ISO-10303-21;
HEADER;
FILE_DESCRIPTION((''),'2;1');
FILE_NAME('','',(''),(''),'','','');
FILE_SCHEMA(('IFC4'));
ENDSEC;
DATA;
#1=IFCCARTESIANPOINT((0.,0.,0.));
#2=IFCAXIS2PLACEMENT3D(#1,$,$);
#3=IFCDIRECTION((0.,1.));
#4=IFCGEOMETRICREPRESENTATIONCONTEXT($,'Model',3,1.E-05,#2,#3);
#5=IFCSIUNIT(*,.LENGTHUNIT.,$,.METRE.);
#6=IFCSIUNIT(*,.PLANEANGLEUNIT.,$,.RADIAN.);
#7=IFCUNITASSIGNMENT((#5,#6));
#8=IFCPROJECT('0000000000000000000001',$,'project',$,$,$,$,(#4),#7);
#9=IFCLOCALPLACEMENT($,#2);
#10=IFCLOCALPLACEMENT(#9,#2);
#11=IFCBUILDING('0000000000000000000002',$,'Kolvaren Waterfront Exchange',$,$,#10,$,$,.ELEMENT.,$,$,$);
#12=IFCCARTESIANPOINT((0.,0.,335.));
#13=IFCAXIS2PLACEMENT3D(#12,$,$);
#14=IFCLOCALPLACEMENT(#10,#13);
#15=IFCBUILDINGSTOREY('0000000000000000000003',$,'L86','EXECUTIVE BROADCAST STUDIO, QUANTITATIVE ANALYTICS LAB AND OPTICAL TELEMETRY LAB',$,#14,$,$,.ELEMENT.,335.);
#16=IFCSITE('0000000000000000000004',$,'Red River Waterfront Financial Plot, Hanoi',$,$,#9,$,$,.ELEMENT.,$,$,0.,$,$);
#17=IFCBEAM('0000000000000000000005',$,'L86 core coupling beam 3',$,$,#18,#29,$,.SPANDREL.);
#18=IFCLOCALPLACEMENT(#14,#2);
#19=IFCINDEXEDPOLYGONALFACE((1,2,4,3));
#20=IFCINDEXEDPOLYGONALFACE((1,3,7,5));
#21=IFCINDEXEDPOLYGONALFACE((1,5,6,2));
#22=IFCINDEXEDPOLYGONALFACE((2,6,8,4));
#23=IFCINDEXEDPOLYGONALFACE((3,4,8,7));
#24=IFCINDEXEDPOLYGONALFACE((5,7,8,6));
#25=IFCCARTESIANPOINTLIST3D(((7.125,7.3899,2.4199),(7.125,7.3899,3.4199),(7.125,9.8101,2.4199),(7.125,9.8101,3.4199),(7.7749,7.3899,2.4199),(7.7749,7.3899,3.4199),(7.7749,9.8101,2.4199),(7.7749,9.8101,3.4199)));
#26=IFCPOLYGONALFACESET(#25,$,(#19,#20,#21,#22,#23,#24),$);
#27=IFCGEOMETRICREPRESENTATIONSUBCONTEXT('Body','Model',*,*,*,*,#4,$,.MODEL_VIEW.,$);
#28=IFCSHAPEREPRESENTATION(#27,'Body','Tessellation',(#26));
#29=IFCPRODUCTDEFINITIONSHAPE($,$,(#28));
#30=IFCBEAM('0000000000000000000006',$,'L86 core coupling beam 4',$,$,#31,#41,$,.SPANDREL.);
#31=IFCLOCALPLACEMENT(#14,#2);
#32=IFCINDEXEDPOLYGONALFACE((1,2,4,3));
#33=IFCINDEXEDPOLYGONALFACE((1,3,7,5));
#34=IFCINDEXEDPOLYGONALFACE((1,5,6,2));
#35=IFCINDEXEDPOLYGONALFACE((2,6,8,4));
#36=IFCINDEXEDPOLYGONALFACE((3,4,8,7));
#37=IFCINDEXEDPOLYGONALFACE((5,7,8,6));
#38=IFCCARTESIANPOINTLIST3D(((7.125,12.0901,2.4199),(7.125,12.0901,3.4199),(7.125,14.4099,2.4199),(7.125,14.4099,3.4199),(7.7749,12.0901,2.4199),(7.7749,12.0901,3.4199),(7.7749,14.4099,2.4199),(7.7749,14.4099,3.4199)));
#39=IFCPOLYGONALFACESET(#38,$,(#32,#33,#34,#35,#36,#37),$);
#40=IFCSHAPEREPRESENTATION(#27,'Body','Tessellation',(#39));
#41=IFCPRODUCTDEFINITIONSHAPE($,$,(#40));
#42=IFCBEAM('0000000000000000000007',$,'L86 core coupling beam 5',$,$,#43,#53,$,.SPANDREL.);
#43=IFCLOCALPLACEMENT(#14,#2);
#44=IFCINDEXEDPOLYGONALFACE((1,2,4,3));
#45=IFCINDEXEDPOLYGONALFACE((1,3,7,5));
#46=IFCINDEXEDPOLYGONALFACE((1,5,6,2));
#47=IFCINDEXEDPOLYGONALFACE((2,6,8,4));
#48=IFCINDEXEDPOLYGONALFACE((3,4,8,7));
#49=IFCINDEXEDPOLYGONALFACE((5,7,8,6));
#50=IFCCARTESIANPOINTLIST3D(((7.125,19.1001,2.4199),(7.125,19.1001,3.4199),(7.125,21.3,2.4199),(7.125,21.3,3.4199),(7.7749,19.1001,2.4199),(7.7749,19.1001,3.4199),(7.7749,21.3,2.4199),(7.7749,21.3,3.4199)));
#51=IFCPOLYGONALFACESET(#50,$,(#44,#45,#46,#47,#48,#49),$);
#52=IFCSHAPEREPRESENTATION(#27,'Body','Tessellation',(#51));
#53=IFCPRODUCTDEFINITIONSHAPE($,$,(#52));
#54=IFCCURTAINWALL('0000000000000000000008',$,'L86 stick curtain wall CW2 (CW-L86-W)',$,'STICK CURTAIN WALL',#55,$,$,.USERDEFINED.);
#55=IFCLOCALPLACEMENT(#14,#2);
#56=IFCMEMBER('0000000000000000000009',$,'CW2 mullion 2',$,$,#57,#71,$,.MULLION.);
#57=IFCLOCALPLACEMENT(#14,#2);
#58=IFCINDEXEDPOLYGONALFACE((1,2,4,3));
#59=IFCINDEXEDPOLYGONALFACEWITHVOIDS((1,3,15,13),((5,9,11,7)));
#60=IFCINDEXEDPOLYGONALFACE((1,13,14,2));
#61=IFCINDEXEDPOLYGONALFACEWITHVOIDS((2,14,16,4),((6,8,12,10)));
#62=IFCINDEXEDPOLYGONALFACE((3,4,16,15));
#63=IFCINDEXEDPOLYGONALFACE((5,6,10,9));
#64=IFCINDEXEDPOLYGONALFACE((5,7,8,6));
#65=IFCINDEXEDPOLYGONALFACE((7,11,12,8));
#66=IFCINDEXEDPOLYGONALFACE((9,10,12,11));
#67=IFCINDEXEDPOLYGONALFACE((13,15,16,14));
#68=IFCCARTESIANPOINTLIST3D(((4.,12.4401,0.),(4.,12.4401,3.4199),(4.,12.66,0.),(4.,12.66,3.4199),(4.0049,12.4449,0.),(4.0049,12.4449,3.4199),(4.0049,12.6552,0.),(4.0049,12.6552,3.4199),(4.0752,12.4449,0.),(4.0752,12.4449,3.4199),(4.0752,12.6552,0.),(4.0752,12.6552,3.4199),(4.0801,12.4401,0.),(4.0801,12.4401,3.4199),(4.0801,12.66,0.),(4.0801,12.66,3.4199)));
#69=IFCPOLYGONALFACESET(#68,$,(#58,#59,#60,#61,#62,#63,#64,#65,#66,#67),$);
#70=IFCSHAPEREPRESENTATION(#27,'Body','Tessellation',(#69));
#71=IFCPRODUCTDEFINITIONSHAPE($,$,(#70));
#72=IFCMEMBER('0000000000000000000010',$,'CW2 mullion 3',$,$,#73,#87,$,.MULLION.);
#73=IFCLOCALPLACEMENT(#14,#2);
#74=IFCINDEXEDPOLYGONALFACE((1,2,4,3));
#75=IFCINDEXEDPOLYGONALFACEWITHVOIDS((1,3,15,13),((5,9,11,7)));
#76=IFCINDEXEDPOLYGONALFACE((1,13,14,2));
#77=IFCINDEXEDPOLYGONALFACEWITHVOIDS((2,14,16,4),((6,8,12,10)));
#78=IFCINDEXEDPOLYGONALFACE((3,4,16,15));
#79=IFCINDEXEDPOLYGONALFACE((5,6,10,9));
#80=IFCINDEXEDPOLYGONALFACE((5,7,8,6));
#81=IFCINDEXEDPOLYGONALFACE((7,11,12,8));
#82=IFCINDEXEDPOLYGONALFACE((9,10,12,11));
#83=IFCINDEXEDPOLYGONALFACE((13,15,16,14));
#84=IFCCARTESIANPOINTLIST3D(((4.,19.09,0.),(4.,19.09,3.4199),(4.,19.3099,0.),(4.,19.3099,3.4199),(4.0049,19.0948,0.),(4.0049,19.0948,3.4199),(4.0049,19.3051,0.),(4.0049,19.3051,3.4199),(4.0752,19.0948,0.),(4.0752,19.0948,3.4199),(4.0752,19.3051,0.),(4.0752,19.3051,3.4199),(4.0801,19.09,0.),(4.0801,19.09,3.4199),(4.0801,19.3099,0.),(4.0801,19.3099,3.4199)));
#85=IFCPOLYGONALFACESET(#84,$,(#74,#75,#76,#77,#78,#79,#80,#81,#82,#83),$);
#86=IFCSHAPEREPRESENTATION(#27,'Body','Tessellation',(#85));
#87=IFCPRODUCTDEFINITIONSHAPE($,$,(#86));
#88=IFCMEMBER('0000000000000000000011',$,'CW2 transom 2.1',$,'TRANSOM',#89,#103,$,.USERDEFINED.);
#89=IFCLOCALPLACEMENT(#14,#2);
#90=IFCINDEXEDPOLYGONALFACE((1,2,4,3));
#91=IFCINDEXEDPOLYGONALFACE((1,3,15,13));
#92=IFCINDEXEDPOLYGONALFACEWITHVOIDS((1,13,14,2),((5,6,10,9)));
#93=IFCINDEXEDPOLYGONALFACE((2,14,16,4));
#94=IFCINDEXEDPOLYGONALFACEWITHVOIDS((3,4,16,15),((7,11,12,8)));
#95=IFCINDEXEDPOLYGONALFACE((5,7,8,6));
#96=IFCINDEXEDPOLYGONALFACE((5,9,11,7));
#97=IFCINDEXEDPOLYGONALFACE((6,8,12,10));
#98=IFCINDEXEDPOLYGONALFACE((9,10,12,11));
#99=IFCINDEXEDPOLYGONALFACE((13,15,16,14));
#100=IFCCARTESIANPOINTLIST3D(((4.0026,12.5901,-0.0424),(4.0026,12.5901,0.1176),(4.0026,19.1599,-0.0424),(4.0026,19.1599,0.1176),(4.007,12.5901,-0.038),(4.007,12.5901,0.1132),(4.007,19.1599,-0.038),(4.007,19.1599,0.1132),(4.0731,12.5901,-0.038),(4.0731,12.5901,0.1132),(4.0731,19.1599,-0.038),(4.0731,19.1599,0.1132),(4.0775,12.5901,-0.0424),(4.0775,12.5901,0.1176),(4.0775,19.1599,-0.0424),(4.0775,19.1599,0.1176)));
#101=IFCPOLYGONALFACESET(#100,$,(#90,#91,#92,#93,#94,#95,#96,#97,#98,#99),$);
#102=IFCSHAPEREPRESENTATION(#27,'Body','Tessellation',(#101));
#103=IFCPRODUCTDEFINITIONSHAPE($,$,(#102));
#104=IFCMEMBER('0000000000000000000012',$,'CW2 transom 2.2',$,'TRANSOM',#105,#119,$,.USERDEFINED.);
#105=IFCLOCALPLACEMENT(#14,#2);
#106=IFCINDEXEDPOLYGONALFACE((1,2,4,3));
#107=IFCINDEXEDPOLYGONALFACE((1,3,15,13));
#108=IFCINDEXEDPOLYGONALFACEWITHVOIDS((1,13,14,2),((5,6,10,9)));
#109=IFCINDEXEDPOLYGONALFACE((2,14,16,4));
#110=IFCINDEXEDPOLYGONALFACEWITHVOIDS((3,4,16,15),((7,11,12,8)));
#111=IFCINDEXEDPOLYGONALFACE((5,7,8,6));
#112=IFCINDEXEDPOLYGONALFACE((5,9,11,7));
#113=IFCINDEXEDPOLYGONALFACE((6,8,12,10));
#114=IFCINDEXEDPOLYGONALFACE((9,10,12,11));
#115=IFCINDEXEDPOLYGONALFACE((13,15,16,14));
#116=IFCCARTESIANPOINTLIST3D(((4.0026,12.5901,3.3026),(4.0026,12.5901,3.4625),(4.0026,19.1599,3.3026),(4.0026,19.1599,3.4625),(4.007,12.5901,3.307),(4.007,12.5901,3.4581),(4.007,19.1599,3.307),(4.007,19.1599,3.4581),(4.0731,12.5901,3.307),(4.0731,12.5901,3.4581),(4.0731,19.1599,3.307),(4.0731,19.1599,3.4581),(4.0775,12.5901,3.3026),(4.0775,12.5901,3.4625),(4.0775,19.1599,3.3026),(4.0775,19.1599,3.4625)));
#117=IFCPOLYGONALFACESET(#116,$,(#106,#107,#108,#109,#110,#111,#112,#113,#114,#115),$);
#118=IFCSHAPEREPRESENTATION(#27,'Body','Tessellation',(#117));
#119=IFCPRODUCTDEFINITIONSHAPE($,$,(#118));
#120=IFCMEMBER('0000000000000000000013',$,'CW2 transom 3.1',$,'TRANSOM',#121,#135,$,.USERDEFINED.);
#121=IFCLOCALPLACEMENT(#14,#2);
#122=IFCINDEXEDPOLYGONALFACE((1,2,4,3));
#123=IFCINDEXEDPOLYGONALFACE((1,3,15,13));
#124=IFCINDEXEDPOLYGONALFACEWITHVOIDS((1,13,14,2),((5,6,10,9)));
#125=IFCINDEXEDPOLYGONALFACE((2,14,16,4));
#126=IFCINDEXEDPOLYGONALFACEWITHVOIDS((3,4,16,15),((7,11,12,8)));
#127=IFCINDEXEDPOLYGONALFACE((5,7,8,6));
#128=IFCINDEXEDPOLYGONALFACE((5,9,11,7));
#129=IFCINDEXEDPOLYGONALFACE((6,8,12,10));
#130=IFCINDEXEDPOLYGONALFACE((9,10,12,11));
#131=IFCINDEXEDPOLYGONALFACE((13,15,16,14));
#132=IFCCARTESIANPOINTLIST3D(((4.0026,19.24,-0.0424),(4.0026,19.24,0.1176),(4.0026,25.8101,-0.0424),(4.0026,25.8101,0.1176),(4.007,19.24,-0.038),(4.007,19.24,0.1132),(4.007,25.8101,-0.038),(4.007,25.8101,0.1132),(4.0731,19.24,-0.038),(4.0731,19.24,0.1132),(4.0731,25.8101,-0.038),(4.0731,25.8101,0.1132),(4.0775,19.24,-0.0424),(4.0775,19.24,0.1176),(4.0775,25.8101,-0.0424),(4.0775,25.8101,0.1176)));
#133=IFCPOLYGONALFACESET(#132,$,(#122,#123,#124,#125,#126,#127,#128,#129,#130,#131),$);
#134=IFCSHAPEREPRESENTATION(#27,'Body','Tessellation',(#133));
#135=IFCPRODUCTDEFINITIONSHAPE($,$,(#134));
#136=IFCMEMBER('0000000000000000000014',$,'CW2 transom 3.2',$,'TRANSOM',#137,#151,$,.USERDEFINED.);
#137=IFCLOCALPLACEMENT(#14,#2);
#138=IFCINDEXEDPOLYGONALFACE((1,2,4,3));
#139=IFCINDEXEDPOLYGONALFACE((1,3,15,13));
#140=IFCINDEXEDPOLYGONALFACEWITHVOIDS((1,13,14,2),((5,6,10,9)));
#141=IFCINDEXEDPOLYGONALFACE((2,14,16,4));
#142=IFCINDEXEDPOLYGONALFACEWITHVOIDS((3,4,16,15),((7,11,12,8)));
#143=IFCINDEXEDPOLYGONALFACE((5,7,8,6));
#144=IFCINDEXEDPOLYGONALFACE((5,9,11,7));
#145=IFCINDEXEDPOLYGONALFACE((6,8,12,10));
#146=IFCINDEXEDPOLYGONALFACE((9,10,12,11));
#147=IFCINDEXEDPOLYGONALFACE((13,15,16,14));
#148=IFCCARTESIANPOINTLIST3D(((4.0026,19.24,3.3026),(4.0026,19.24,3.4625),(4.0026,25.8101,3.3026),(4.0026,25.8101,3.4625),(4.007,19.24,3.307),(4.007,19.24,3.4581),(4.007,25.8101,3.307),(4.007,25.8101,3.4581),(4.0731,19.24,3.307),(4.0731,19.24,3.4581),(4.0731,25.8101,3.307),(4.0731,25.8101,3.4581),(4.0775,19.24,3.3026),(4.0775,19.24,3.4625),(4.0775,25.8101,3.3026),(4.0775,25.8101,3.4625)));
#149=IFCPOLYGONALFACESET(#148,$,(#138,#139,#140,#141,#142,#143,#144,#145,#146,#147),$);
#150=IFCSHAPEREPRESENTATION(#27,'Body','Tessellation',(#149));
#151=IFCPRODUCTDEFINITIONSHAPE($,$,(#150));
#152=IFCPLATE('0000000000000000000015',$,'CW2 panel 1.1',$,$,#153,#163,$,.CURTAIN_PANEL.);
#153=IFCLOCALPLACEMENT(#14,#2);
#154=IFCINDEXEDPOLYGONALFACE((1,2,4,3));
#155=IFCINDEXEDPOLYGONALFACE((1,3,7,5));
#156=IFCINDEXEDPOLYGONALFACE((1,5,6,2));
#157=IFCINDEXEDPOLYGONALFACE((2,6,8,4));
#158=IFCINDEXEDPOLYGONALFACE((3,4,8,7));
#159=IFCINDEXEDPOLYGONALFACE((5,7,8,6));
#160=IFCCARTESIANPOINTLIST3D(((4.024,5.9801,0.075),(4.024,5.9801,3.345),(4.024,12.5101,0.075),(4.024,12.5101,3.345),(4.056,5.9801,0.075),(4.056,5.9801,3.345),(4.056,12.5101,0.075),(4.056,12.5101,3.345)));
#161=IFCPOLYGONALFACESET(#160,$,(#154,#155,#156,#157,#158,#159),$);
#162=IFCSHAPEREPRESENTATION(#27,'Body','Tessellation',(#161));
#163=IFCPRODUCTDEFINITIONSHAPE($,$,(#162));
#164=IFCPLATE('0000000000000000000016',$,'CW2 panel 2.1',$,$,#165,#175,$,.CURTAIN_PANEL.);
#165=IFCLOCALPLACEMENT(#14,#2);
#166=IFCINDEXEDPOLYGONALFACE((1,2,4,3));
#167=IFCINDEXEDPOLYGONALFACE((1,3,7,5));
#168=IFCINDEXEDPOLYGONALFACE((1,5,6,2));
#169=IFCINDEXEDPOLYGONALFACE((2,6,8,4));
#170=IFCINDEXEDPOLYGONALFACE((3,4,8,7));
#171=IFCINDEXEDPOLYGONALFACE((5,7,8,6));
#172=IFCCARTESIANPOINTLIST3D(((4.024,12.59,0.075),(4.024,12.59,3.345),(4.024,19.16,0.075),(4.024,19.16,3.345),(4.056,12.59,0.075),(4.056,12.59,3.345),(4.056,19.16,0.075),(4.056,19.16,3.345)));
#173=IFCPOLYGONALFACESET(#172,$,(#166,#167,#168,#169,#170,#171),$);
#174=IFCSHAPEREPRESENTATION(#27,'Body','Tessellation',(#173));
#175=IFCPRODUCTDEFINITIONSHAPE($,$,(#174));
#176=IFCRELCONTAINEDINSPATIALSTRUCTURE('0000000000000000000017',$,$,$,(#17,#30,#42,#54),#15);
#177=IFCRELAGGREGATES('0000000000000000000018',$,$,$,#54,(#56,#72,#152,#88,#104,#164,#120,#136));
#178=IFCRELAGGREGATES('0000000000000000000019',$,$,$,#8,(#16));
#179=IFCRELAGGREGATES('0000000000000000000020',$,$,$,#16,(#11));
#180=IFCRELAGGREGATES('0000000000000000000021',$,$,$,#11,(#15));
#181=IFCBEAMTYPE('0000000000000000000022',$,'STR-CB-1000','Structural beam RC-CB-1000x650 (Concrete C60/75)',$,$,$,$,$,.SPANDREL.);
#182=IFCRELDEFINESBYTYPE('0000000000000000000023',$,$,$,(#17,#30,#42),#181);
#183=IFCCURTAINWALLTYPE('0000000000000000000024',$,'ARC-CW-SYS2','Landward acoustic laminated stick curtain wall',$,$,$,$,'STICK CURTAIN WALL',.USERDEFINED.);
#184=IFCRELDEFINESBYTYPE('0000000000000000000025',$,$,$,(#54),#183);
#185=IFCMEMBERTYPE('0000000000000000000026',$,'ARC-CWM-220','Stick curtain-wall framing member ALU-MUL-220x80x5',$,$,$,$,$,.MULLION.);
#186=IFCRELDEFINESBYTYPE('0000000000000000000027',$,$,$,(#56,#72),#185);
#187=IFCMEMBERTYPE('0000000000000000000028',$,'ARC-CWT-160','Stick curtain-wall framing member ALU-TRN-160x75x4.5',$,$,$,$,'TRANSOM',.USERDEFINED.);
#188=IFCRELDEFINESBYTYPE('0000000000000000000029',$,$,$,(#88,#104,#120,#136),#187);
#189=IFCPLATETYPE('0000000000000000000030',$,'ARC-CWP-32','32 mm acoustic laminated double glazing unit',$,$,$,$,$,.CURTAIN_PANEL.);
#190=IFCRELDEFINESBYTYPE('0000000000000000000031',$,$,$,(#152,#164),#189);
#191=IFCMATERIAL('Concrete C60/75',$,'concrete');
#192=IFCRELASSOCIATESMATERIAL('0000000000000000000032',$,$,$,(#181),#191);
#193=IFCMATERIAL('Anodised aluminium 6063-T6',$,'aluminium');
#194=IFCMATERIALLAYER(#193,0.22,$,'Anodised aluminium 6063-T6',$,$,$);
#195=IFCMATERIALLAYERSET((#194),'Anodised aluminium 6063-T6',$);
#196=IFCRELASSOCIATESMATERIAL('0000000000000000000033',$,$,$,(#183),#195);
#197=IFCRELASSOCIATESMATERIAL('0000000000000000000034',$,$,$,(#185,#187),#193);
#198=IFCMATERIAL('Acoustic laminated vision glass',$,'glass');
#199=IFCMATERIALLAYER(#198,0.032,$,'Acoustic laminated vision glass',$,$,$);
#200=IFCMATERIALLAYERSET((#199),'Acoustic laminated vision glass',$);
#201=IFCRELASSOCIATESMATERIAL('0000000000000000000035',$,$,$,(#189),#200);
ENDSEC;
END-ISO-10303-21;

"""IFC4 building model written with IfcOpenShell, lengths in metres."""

from ifc_helpers import new_model, si_unit, direction, frame, origin, origin_with_axes, origin_2d, place, context, subcontext, project, spatial, rectangle, hollow_rectangle, extrude, source, transform, mapped, material, layer, layer_set, material_profile, profile_set, type_object, element, aggregate, save


model = new_model("IFC4")

# Units and contexts
model_context = context("Model", 3, precision=1e-05, world=origin(), true_north=direction((0.0, 1.0)))
body_context = subcontext(model_context, "Body", "Model", "MODEL_VIEW")
ifc_project = project(units=[si_unit("LENGTHUNIT", "METRE"), si_unit("PLANEANGLEUNIT", "RADIAN")], contexts=[model_context])

# Site, building, storey
site_placement = place(None, origin())
site = spatial("IfcSite", under=ifc_project, at=site_placement, Name="Red River Waterfront Financial Plot, Hanoi", CompositionType="ELEMENT", RefElevation=0.0)
building_placement = place(site_placement, origin())
building = spatial("IfcBuilding", under=site, at=building_placement, Name="Kolvaren Waterfront Exchange", CompositionType="ELEMENT")
storey_placement = place(building_placement, frame((0.0, 0.0, 335.0)))
storey = spatial("IfcBuildingStorey", under=building, at=storey_placement, Name="L86", Description="EXECUTIVE BROADCAST STUDIO, QUANTITATIVE ANALYTICS LAB AND OPTICAL TELEMETRY LAB", CompositionType="ELEMENT", Elevation=335.0)

# Beams
ifc_material_1 = material(Name="Concrete C60/75", Category="concrete")
ifc_material_profile_1 = material_profile(ifc_material_1, rectangle(XDim=0.6499, YDim=1.0, at=origin_2d()), Name="RC-CB-1000x650")
ifc_profile_set_1 = profile_set([ifc_material_profile_1], Name="Concrete C60/75")
beam_type = type_object("IfcBeamType", Name="STR-CB-1000", Description="Structural beam RC-CB-1000x650 (Concrete C60/75)", PredefinedType="SPANDREL", material=ifc_profile_set_1)
beam_1_placement = place(storey_placement, frame((7.45, 7.3899, 2.9199), z_axis=(0.0, 1.0, 0.0), x_axis=(-1.0, 0.0, 0.0)))
element("IfcBeam", 1, at=beam_1_placement, inside=storey, type_object=beam_type, Name="L86 core coupling beam 3", PredefinedType="SPANDREL", context=body_context, shape_type="SweptSolid", body=[
    extrude(rectangle(XDim=0.6499, YDim=1.0, at=origin_2d()), origin(), (0.0, 0.0, 1.0), 2.4202),
])
beam_2_placement = place(storey_placement, frame((7.45, 12.0901, 2.9199), z_axis=(0.0, 1.0, 0.0), x_axis=(-1.0, 0.0, 0.0)))
element("IfcBeam", 2, at=beam_2_placement, inside=storey, type_object=beam_type, Name="L86 core coupling beam 4", PredefinedType="SPANDREL", context=body_context, shape_type="SweptSolid", body=[
    extrude(rectangle(XDim=0.6499, YDim=1.0, at=origin_2d()), origin(), (0.0, 0.0, 1.0), 2.3198),
])
beam_3_placement = place(storey_placement, frame((7.45, 19.1001, 2.9199), z_axis=(0.0, 1.0, 0.0), x_axis=(-1.0, 0.0, 0.0)))
element("IfcBeam", 3, at=beam_3_placement, inside=storey, type_object=beam_type, Name="L86 core coupling beam 5", PredefinedType="SPANDREL", context=body_context, shape_type="SweptSolid", body=[
    extrude(rectangle(XDim=0.6499, YDim=1.0, at=origin_2d()), origin(), (0.0, 0.0, 1.0), 2.2),
])

# Curtain wall, members, plates
ifc_material_2 = material(Name="Anodised aluminium 6063-T6", Category="aluminium")
ifc_layer_1 = layer(ifc_material_2, 0.22, Name="Anodised aluminium 6063-T6")
ifc_layer_set_1 = layer_set([ifc_layer_1], Name="Anodised aluminium 6063-T6")
curtain_wall_type = type_object("IfcCurtainWallType", Name="ARC-CW-SYS2", Description="Landward acoustic laminated stick curtain wall", ElementType="STICK CURTAIN WALL", PredefinedType="USERDEFINED", material=ifc_layer_set_1)
curtain_wall_placement = place(storey_placement, origin())
curtain_wall = element("IfcCurtainWall", 4, at=curtain_wall_placement, inside=storey, type_object=curtain_wall_type, Name="L86 stick curtain wall CW2 (CW-L86-W)", ObjectType="STICK CURTAIN WALL", PredefinedType="USERDEFINED")
ifc_material_profile_2 = material_profile(ifc_material_2, hollow_rectangle(XDim=0.0801, YDim=0.22, WallThickness=0.0049, at=origin_2d()), Name="ALU-MUL-220x80x5")
ifc_profile_set_2 = profile_set([ifc_material_profile_2], Name="Anodised aluminium 6063-T6")
member_type_1 = type_object("IfcMemberType", Name="ARC-CWM-220", Description="Stick curtain-wall framing member ALU-MUL-220x80x5", PredefinedType="MULLION", material=ifc_profile_set_2)
shared_shape_1 = source(origin_with_axes(), body_context, "Body", "SweptSolid", [
    extrude(hollow_rectangle(XDim=0.0801, YDim=0.22, WallThickness=0.0049, at=origin_2d()), origin(), (0.0, 0.0, 1.0), 3.4199),
])
member_1_placement = place(storey_placement, frame((4.04, 12.55, 0.0), z_axis=(0.0, 0.0, 1.0), x_axis=(-1.0, 0.0, 0.0)))
member_1 = element("IfcMember", 5, at=member_1_placement, type_object=member_type_1, Name="CW2 mullion 2", PredefinedType="MULLION", context=body_context, shape_type="MappedRepresentation", body=[
    mapped(shared_shape_1, transform((0.0, 0.0, 0.0), x_axis=(1.0, 0.0, 0.0), y_axis=(0.0, 1.0, 0.0), z_axis=(0.0, 0.0, 1.0), scale=1.0)),
])
member_2_placement = place(storey_placement, frame((4.04, 19.2, 0.0), z_axis=(0.0, 0.0, 1.0), x_axis=(-1.0, 0.0, 0.0)))
member_2 = element("IfcMember", 6, at=member_2_placement, type_object=member_type_1, Name="CW2 mullion 3", PredefinedType="MULLION", context=body_context, shape_type="MappedRepresentation", body=[
    mapped(shared_shape_1, transform((0.0, 0.0, 0.0), x_axis=(1.0, 0.0, 0.0), y_axis=(0.0, 1.0, 0.0), z_axis=(0.0, 0.0, 1.0), scale=1.0)),
])
ifc_material_profile_3 = material_profile(ifc_material_2, hollow_rectangle(XDim=0.075, YDim=0.1599, WallThickness=0.0044, at=origin_2d()), Name="ALU-TRN-160x75x4.5")
ifc_profile_set_3 = profile_set([ifc_material_profile_3], Name="Anodised aluminium 6063-T6")
member_type_2 = type_object("IfcMemberType", Name="ARC-CWT-160", Description="Stick curtain-wall framing member ALU-TRN-160x75x4.5", ElementType="TRANSOM", PredefinedType="USERDEFINED", material=ifc_profile_set_3)
shared_shape_2 = source(origin_with_axes(), body_context, "Body", "SweptSolid", [
    extrude(hollow_rectangle(XDim=0.075, YDim=0.1599, WallThickness=0.0044, at=origin_2d()), origin(), (0.0, 0.0, 1.0), 6.5698),
])
member_3_placement = place(storey_placement, frame((4.04, 12.5901, 0.0376), z_axis=(0.0, 1.0, 0.0), x_axis=(-1.0, 0.0, 0.0)))
member_3 = element("IfcMember", 7, at=member_3_placement, type_object=member_type_2, Name="CW2 transom 2.1", ObjectType="TRANSOM", PredefinedType="USERDEFINED", context=body_context, shape_type="MappedRepresentation", body=[
    mapped(shared_shape_2, transform((0.0, 0.0, 0.0), x_axis=(1.0, 0.0, 0.0), y_axis=(0.0, 1.0, 0.0), z_axis=(0.0, 0.0, 1.0), scale=1.0)),
])
member_4_placement = place(storey_placement, frame((4.04, 12.5901, 3.3826), z_axis=(0.0, 1.0, 0.0), x_axis=(-1.0, 0.0, 0.0)))
member_4 = element("IfcMember", 8, at=member_4_placement, type_object=member_type_2, Name="CW2 transom 2.2", ObjectType="TRANSOM", PredefinedType="USERDEFINED", context=body_context, shape_type="MappedRepresentation", body=[
    mapped(shared_shape_2, transform((0.0, 0.0, 0.0), x_axis=(1.0, 0.0, 0.0), y_axis=(0.0, 1.0, 0.0), z_axis=(0.0, 0.0, 1.0), scale=1.0)),
])
shared_shape_3 = source(origin_with_axes(), body_context, "Body", "SweptSolid", [
    extrude(hollow_rectangle(XDim=0.075, YDim=0.1599, WallThickness=0.0044, at=origin_2d()), origin(), (0.0, 0.0, 1.0), 6.5701),
])
member_5_placement = place(storey_placement, frame((4.04, 19.24, 0.0376), z_axis=(0.0, 1.0, 0.0), x_axis=(-1.0, 0.0, 0.0)))
member_5 = element("IfcMember", 9, at=member_5_placement, type_object=member_type_2, Name="CW2 transom 3.1", ObjectType="TRANSOM", PredefinedType="USERDEFINED", context=body_context, shape_type="MappedRepresentation", body=[
    mapped(shared_shape_3, transform((0.0, 0.0, 0.0), x_axis=(1.0, 0.0, 0.0), y_axis=(0.0, 1.0, 0.0), z_axis=(0.0, 0.0, 1.0), scale=1.0)),
])
member_6_placement = place(storey_placement, frame((4.04, 19.24, 3.3826), z_axis=(0.0, 1.0, 0.0), x_axis=(-1.0, 0.0, 0.0)))
member_6 = element("IfcMember", 10, at=member_6_placement, type_object=member_type_2, Name="CW2 transom 3.2", ObjectType="TRANSOM", PredefinedType="USERDEFINED", context=body_context, shape_type="MappedRepresentation", body=[
    mapped(shared_shape_3, transform((0.0, 0.0, 0.0), x_axis=(1.0, 0.0, 0.0), y_axis=(0.0, 1.0, 0.0), z_axis=(0.0, 0.0, 1.0), scale=1.0)),
])
ifc_material_3 = material(Name="Acoustic laminated vision glass", Category="glass")
ifc_layer_2 = layer(ifc_material_3, 0.032, Name="Acoustic laminated vision glass")
ifc_layer_set_2 = layer_set([ifc_layer_2], Name="Acoustic laminated vision glass")
plate_type = type_object("IfcPlateType", Name="ARC-CWP-32", Description="32 mm acoustic laminated double glazing unit", PredefinedType="CURTAIN_PANEL", material=ifc_layer_set_2)
shared_shape_4 = source(origin_with_axes(), body_context, "Body", "SweptSolid", [
    extrude(rectangle(XDim=6.53, YDim=0.032, at=origin_2d()), origin(), (0.0, 0.0, 1.0), 3.27),
])
plate_1_placement = place(storey_placement, frame((4.04, 9.2451, 0.075), z_axis=(0.0, 0.0, 1.0), x_axis=(0.0, 1.0, 0.0)))
plate_1 = element("IfcPlate", 11, at=plate_1_placement, type_object=plate_type, Name="CW2 panel 1.1", PredefinedType="CURTAIN_PANEL", context=body_context, shape_type="MappedRepresentation", body=[
    mapped(shared_shape_4, transform((0.0, 0.0, 0.0), x_axis=(1.0, 0.0, 0.0), y_axis=(0.0, 1.0, 0.0), z_axis=(0.0, 0.0, 1.0), scale=1.0)),
])
shared_shape_5 = source(origin_with_axes(), body_context, "Body", "SweptSolid", [
    extrude(rectangle(XDim=6.5701, YDim=0.032, at=origin_2d()), origin(), (0.0, 0.0, 1.0), 3.27),
])
plate_2_placement = place(storey_placement, frame((4.04, 15.875, 0.075), z_axis=(0.0, 0.0, 1.0), x_axis=(0.0, 1.0, 0.0)))
plate_2 = element("IfcPlate", 12, at=plate_2_placement, type_object=plate_type, Name="CW2 panel 2.1", PredefinedType="CURTAIN_PANEL", context=body_context, shape_type="MappedRepresentation", body=[
    mapped(shared_shape_5, transform((0.0, 0.0, 0.0), x_axis=(1.0, 0.0, 0.0), y_axis=(0.0, 1.0, 0.0), z_axis=(0.0, 0.0, 1.0), scale=1.0)),
])
aggregate(curtain_wall, [member_1, member_2, plate_1, member_3, member_4, plate_2, member_5, member_6])

save(model, "model.ifc")
